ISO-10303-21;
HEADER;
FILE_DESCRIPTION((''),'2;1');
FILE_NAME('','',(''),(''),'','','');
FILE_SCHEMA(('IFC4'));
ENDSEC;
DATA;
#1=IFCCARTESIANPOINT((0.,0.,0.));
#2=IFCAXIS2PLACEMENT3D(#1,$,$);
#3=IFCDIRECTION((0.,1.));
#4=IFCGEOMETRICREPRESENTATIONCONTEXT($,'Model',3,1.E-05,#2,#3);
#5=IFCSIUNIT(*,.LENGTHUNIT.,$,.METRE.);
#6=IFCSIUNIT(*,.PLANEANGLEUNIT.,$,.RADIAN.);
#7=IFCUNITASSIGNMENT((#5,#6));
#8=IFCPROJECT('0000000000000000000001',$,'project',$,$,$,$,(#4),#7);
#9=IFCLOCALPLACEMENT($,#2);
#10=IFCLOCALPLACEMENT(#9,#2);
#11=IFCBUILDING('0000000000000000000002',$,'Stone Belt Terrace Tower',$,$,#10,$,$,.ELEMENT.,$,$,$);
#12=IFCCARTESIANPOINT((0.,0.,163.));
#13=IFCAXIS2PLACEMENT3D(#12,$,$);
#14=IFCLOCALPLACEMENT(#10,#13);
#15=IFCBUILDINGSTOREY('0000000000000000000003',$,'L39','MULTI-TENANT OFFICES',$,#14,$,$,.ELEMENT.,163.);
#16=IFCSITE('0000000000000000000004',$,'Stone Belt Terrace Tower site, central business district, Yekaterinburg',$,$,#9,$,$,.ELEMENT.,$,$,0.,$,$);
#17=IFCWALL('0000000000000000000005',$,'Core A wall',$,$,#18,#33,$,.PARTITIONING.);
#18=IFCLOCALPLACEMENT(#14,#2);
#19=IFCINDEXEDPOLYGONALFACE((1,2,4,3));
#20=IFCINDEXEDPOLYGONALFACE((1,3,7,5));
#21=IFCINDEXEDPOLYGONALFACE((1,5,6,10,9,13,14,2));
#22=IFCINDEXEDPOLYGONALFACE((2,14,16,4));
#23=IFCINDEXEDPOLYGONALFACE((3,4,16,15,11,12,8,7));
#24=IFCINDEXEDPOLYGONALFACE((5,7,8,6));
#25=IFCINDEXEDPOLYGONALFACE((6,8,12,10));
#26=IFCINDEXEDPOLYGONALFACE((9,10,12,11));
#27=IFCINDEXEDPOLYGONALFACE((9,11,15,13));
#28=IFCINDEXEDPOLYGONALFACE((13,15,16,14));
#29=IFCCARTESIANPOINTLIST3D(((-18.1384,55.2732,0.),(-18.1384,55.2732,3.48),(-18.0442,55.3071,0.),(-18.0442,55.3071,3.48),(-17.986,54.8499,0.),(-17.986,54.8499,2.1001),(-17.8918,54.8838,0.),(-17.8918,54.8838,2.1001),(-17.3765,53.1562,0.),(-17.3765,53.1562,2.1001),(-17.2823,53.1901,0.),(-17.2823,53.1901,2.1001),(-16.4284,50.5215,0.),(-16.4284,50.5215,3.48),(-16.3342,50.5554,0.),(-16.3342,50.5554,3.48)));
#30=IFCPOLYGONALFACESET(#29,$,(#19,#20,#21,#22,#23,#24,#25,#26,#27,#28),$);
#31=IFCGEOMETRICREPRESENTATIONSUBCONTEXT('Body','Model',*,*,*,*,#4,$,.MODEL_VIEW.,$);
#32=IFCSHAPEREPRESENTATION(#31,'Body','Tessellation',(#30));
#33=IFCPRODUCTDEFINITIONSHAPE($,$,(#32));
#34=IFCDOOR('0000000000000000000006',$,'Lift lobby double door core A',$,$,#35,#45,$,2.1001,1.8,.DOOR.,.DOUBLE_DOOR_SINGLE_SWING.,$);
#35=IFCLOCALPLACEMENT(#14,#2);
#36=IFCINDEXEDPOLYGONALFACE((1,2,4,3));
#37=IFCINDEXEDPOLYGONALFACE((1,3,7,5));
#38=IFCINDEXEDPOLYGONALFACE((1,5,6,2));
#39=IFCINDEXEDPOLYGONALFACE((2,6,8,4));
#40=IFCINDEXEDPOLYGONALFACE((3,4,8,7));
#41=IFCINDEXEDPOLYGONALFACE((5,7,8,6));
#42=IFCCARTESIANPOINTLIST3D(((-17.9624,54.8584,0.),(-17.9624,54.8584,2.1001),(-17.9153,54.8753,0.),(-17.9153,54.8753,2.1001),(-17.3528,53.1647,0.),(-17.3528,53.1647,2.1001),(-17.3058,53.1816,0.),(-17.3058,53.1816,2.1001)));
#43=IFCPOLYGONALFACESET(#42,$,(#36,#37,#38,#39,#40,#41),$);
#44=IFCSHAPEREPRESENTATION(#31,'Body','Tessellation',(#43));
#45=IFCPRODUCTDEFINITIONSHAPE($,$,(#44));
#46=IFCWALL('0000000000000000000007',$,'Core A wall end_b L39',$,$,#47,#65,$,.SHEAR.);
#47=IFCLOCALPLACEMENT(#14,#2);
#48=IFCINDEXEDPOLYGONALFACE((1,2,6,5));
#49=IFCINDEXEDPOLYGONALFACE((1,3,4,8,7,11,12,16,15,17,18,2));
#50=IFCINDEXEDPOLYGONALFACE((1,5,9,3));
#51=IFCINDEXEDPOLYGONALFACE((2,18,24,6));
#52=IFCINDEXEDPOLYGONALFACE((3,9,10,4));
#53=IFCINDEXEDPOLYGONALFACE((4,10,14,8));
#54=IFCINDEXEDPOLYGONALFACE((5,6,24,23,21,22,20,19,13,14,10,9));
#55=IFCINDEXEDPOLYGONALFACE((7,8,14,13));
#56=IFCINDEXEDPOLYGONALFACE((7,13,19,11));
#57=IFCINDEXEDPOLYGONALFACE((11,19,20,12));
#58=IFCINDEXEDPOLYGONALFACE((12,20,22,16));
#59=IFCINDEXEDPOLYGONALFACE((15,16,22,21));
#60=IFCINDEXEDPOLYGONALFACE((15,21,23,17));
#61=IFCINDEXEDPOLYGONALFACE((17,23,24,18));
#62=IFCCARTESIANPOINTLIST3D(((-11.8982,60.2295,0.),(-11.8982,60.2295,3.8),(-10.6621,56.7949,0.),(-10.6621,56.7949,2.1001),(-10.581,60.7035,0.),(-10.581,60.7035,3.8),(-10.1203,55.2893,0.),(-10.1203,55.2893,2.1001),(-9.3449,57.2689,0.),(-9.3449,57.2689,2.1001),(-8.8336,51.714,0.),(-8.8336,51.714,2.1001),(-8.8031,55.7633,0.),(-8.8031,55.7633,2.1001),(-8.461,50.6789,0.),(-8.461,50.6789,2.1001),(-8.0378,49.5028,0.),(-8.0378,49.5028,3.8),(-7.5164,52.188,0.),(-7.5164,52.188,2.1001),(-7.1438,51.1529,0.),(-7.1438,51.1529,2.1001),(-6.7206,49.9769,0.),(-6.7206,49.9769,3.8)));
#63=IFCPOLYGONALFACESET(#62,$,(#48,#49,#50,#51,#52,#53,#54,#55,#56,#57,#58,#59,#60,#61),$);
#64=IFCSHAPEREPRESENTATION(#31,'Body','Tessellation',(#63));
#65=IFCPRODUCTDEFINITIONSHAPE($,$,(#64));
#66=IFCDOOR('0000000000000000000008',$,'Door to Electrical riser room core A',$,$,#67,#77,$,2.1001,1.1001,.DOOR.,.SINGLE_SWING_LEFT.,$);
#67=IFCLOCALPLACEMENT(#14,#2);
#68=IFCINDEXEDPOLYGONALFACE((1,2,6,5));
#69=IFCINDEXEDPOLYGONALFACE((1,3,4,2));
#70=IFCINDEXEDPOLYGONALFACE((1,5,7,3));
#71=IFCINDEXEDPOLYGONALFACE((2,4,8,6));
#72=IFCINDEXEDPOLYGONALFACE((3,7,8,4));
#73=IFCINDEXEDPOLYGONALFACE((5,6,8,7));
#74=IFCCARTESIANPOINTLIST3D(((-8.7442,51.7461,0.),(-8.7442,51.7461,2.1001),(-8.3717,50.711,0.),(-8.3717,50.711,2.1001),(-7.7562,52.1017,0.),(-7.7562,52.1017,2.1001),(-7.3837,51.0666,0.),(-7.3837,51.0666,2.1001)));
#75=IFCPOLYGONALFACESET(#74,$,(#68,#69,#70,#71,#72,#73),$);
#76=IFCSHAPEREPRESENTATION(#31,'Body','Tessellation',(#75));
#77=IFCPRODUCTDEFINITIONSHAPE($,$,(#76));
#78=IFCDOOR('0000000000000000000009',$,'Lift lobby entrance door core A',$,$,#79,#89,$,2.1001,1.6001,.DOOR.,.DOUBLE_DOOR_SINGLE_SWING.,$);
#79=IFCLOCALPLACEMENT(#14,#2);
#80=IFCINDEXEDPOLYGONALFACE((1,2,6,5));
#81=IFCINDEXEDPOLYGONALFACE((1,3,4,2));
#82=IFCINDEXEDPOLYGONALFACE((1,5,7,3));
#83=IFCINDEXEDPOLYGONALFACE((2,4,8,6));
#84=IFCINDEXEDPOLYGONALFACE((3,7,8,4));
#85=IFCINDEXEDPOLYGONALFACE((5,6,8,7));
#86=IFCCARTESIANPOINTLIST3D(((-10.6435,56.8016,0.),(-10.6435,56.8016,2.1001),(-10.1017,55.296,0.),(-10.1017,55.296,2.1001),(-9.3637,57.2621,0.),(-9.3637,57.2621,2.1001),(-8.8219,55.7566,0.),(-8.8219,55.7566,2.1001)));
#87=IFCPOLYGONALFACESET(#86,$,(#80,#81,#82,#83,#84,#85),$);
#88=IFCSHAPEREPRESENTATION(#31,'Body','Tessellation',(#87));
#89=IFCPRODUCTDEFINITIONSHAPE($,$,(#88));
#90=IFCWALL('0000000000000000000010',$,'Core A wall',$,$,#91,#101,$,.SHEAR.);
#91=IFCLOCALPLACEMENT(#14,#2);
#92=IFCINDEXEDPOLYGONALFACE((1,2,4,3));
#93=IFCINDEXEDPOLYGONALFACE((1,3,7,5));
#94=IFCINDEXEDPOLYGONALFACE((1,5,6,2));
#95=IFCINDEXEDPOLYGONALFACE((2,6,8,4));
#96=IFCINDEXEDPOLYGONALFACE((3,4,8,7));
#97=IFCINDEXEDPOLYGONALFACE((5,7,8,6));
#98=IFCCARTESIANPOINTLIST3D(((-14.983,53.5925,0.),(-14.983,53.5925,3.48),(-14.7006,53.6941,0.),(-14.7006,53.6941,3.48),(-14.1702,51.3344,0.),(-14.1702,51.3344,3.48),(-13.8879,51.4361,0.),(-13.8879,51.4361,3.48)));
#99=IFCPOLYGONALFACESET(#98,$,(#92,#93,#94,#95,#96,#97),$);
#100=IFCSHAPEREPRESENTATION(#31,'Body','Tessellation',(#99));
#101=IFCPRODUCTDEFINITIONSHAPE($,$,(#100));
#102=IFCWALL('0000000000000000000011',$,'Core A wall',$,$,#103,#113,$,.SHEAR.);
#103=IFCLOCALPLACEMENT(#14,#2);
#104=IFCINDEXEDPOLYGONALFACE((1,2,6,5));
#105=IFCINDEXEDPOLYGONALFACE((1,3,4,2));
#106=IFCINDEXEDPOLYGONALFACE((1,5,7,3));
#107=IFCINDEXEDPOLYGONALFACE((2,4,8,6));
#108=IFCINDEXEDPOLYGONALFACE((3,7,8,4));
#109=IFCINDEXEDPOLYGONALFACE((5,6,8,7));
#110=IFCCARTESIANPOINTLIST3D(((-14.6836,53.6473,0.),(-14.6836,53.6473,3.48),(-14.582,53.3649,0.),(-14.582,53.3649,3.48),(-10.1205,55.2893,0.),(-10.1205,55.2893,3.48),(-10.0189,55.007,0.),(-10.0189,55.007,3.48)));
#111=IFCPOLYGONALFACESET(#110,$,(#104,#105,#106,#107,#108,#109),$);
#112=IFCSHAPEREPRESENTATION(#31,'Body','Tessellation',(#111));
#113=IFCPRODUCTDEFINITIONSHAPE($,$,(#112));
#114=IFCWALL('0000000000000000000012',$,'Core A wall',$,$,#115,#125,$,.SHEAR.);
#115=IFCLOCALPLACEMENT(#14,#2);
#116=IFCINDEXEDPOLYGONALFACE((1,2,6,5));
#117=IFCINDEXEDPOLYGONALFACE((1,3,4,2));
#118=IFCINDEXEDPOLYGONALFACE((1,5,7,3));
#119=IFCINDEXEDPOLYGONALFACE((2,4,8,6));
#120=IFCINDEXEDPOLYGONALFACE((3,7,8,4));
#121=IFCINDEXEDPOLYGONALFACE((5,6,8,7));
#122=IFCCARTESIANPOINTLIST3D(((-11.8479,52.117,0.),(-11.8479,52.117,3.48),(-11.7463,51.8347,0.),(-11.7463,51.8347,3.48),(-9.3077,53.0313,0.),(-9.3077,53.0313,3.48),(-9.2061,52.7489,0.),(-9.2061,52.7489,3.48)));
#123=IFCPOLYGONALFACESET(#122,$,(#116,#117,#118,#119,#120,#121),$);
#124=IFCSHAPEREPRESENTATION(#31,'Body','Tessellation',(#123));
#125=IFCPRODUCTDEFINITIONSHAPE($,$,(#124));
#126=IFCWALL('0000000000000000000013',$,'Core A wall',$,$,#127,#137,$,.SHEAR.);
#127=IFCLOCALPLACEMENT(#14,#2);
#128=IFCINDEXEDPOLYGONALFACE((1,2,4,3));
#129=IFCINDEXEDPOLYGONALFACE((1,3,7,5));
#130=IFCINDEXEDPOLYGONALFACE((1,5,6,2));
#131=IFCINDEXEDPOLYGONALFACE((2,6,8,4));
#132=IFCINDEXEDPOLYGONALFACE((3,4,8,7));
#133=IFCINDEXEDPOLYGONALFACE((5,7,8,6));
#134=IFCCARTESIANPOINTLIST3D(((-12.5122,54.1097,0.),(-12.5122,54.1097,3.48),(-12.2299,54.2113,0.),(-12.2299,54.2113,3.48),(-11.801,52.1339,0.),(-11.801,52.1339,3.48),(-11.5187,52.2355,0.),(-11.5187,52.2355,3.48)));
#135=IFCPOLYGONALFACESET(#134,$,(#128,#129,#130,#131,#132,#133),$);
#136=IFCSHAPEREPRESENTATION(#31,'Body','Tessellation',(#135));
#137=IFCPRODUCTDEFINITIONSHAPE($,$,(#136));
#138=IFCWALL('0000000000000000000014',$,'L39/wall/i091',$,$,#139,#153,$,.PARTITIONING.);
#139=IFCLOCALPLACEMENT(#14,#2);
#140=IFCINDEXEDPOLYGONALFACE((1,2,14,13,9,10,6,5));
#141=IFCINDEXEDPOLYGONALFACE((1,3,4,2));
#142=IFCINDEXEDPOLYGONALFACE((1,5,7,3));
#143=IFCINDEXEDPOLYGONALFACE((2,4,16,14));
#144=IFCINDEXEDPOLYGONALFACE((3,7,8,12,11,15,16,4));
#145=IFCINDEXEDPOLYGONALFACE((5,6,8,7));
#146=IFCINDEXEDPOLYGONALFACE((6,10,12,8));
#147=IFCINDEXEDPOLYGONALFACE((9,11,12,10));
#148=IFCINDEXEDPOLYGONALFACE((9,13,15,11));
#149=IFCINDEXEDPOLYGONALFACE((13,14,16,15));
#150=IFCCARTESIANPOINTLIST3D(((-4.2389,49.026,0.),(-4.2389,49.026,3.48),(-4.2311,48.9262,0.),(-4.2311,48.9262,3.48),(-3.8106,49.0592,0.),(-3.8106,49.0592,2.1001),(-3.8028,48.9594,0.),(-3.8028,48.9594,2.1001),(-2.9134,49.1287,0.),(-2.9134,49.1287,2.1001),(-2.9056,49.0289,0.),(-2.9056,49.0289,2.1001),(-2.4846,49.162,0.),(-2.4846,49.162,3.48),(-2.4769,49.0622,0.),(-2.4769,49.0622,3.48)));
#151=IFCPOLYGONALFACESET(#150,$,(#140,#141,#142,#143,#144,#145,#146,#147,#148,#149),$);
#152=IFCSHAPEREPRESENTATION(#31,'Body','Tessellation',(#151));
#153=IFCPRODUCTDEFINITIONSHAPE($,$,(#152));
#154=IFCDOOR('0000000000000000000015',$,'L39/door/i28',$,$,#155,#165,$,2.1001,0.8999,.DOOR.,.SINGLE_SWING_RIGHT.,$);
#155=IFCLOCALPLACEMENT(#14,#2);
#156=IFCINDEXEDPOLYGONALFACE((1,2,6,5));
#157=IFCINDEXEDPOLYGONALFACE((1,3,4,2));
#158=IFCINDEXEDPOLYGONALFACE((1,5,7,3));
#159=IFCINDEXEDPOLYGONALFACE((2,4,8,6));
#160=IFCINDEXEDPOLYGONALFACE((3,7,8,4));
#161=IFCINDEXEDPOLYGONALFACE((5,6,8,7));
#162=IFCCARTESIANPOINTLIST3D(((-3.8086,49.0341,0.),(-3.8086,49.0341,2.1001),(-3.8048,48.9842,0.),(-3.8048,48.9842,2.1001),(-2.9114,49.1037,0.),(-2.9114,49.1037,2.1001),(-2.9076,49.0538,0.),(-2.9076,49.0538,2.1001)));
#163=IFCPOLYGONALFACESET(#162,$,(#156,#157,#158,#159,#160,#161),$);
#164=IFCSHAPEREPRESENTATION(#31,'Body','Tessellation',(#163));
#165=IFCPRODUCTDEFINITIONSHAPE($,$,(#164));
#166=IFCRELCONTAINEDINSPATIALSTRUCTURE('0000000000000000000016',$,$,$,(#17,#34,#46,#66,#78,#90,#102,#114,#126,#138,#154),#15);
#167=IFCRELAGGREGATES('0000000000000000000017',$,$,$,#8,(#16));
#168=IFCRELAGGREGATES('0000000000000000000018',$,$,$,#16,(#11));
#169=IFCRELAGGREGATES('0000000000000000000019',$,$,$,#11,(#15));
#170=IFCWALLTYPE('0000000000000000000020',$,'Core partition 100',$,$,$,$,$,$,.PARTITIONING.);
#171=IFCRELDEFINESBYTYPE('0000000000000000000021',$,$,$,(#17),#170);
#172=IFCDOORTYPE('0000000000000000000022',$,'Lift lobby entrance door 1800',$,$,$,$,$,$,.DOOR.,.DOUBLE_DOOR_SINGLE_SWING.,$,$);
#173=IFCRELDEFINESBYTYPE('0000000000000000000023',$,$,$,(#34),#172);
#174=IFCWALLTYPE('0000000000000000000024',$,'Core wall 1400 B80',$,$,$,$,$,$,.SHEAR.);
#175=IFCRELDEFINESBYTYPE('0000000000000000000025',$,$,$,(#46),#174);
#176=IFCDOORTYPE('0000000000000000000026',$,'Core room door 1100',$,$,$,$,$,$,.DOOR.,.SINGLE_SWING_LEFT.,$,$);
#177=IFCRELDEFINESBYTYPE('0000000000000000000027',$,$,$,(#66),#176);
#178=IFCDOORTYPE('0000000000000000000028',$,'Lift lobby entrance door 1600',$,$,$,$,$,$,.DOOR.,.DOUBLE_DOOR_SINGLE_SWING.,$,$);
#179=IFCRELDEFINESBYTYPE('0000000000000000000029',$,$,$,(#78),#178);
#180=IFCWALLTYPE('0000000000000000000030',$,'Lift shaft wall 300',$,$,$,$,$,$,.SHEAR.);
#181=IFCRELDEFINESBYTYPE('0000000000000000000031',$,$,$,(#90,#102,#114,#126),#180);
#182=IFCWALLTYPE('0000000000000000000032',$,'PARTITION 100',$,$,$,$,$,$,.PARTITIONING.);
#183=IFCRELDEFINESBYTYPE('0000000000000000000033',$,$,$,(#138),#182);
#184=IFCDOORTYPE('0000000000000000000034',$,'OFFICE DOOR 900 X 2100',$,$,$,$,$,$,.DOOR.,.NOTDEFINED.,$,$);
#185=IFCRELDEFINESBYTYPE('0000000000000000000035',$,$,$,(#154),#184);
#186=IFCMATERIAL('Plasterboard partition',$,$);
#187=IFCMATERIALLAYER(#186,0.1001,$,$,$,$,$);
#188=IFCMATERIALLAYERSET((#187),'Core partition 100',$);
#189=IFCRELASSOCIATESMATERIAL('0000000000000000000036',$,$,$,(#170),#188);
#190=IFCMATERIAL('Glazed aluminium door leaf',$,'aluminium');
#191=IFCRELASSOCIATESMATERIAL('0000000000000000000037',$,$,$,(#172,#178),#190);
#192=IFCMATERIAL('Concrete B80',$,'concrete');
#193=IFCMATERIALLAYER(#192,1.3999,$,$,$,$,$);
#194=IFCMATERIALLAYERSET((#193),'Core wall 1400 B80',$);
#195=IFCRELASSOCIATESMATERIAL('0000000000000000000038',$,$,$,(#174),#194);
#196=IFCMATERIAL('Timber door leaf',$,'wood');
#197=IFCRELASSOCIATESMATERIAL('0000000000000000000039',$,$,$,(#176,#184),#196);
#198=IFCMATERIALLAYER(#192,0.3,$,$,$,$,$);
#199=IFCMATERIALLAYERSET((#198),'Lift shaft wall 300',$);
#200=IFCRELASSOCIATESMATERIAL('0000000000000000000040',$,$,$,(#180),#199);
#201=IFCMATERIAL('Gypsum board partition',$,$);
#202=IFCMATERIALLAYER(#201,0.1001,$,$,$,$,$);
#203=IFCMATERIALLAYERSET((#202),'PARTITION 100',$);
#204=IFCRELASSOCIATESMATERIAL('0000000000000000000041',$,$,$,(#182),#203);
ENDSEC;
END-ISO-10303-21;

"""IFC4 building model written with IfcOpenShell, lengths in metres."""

from ifc_helpers import new_model, si_unit, direction, frame, frame_2d, origin, place, context, subcontext, project, spatial, rectangle, extrude, material, layer, layer_set, type_object, element, fill, save


model = new_model("IFC4")

# Units and contexts
model_context = context("Model", 3, precision=1e-05, world=origin(), true_north=direction((0.0, 1.0)))
body_context = subcontext(model_context, "Body", "Model", "MODEL_VIEW")
ifc_project = project(units=[si_unit("LENGTHUNIT", "METRE"), si_unit("PLANEANGLEUNIT", "RADIAN")], contexts=[model_context])

# Site, building, storey
site_placement = place(None, origin())
site = spatial("IfcSite", under=ifc_project, at=site_placement, Name="Stone Belt Terrace Tower site, central business district, Yekaterinburg", CompositionType="ELEMENT", RefElevation=0.0)
building_placement = place(site_placement, origin())
building = spatial("IfcBuilding", under=site, at=building_placement, Name="Stone Belt Terrace Tower", CompositionType="ELEMENT")
storey_placement = place(building_placement, frame((0.0, 0.0, 163.0)))
storey = spatial("IfcBuildingStorey", under=building, at=storey_placement, Name="L39", Description="MULTI-TENANT OFFICES", CompositionType="ELEMENT", Elevation=163.0)

# Wall, opening, door
ifc_material_1 = material(Name="Plasterboard partition")
ifc_layer_1 = layer(ifc_material_1, 0.1001)
ifc_layer_set_1 = layer_set([ifc_layer_1], Name="Core partition 100")
wall_type_1 = type_object("IfcWallType", Name="Core partition 100", PredefinedType="PARTITIONING", material=ifc_layer_set_1)
wall_1_placement = place(storey_placement, frame((-16.3813, 50.5386, 0.0), z_axis=(0.0, 0.0, 1.0), x_axis=(-0.338605, 0.940929, 0.0)))
wall_1 = element("IfcWall", 1, at=wall_1_placement, inside=storey, type_object=wall_type_1, Name="Core A wall", PredefinedType="PARTITIONING", context=body_context, shape_type="SweptSolid", body=[
    extrude(rectangle(XDim=5.05, YDim=0.1001, at=frame_2d((2.5249, 0.0))), origin(), (0.0, 0.0, 1.0), 3.48),
])
opening_1_placement = place(wall_1_placement, frame((2.8, 0.0, 0.0)))
opening_1 = element("IfcOpeningElement", 2, at=opening_1_placement, cuts=wall_1, PredefinedType="OPENING", context=body_context, shape_type="SweptSolid", body=[
    extrude(rectangle(XDim=1.8, YDim=2.1001, at=frame_2d((0.8999, 1.05))), frame((0.0, 0.0601, 0.0), z_axis=(0.0, -1.0, 0.0), x_axis=(1.0, 0.0, 0.0)), (0.0, 0.0, 1.0), 0.1201),
])
ifc_material_2 = material(Name="Glazed aluminium door leaf", Category="aluminium")
door_type_1 = type_object("IfcDoorType", Name="Lift lobby entrance door 1800", OperationType="DOUBLE_DOOR_SINGLE_SWING", PredefinedType="DOOR", material=ifc_material_2)
door_1_placement = place(opening_1_placement, origin())
door_1 = element("IfcDoor", 3, at=door_1_placement, inside=storey, type_object=door_type_1, Name="Lift lobby double door core A", OperationType="DOUBLE_DOOR_SINGLE_SWING", OverallHeight=2.1001, OverallWidth=1.8, PredefinedType="DOOR", context=body_context, shape_type="SweptSolid", body=[
    extrude(rectangle(XDim=1.8, YDim=2.1001, at=frame_2d((0.8999, 1.05))), frame((0.0, 0.0249, 0.0), z_axis=(0.0, -1.0, 0.0), x_axis=(1.0, 0.0, 0.0)), (0.0, 0.0, 1.0), 0.05),
])
fill(opening_1, door_1)

# Wall, openings, doors
ifc_material_3 = material(Name="Concrete B80", Category="concrete")
ifc_layer_2 = layer(ifc_material_3, 1.3999)
ifc_layer_set_2 = layer_set([ifc_layer_2], Name="Core wall 1400 B80")
wall_type_2 = type_object("IfcWallType", Name="Core wall 1400 B80", PredefinedType="SHEAR", material=ifc_layer_set_2)
wall_2_placement = place(storey_placement, frame((-7.3792, 49.7397, 0.0), z_axis=(0.0, 0.0, 1.0), x_axis=(-0.338625, 0.940921, 0.0)))
wall_2 = element("IfcWall", 4, at=wall_2_placement, inside=storey, type_object=wall_type_2, Name="Core A wall end_b L39", PredefinedType="SHEAR", context=body_context, shape_type="SweptSolid", body=[
    extrude(rectangle(XDim=11.4001, YDim=1.3999, at=frame_2d((5.7002, 0.0))), origin(), (0.0, 0.0, 1.0), 3.8),
])
opening_2_placement = place(wall_2_placement, frame((6.1499, 0.0, 0.0)))
opening_2 = element("IfcOpeningElement", 5, at=opening_2_placement, cuts=wall_2, PredefinedType="OPENING", context=body_context, shape_type="SweptSolid", body=[
    extrude(rectangle(XDim=1.6001, YDim=2.1001, at=frame_2d((0.8, 1.05))), frame((0.0, 0.71, 0.0), z_axis=(0.0, -1.0, 0.0), x_axis=(1.0, 0.0, 0.0)), (0.0, 0.0, 1.0), 1.4199),
])
opening_3_placement = place(wall_2_placement, frame((1.25, 0.0, 0.0)))
opening_3 = element("IfcOpeningElement", 6, at=opening_3_placement, cuts=wall_2, PredefinedType="OPENING", context=body_context, shape_type="SweptSolid", body=[
    extrude(rectangle(XDim=1.1001, YDim=2.1001, at=frame_2d((0.55, 1.05))), frame((0.0, 0.71, 0.0), z_axis=(0.0, -1.0, 0.0), x_axis=(1.0, 0.0, 0.0)), (0.0, 0.0, 1.0), 1.4199),
])
ifc_material_4 = material(Name="Timber door leaf", Category="wood")
door_type_2 = type_object("IfcDoorType", Name="Core room door 1100", OperationType="SINGLE_SWING_LEFT", PredefinedType="DOOR", material=ifc_material_4)
door_2_placement = place(opening_3_placement, origin())
door_2 = element("IfcDoor", 7, at=door_2_placement, inside=storey, type_object=door_type_2, Name="Door to Electrical riser room core A", OperationType="SINGLE_SWING_LEFT", OverallHeight=2.1001, OverallWidth=1.1001, PredefinedType="DOOR", context=body_context, shape_type="SweptSolid", body=[
    extrude(rectangle(XDim=1.1001, YDim=2.1001, at=frame_2d((0.55, 1.05))), frame((0.0, 0.605, 0.0), z_axis=(0.0, -1.0, 0.0), x_axis=(1.0, 0.0, 0.0)), (0.0, 0.0, 1.0), 1.05),
])
fill(opening_3, door_2)
door_type_3 = type_object("IfcDoorType", Name="Lift lobby entrance door 1600", OperationType="DOUBLE_DOOR_SINGLE_SWING", PredefinedType="DOOR", material=ifc_material_2)
door_3_placement = place(opening_2_placement, origin())
door_3 = element("IfcDoor", 8, at=door_3_placement, inside=storey, type_object=door_type_3, Name="Lift lobby entrance door core A", OperationType="DOUBLE_DOOR_SINGLE_SWING", OverallHeight=2.1001, OverallWidth=1.6001, PredefinedType="DOOR", context=body_context, shape_type="SweptSolid", body=[
    extrude(rectangle(XDim=1.6001, YDim=2.1001, at=frame_2d((0.8, 1.05))), frame((0.0, 0.6802, 0.0), z_axis=(0.0, -1.0, 0.0), x_axis=(1.0, 0.0, 0.0)), (0.0, 0.0, 1.0), 1.3601),
])
fill(opening_2, door_3)

# Walls
ifc_layer_3 = layer(ifc_material_3, 0.3)
ifc_layer_set_3 = layer_set([ifc_layer_3], Name="Lift shaft wall 300")
wall_type_3 = type_object("IfcWallType", Name="Lift shaft wall 300", PredefinedType="SHEAR", material=ifc_layer_set_3)
wall_3_placement = place(storey_placement, frame((-14.0291, 51.3853, 0.0), z_axis=(0.0, 0.0, 1.0), x_axis=(-0.338662, 0.940908, 0.0)))
element("IfcWall", 9, at=wall_3_placement, inside=storey, type_object=wall_type_3, Name="Core A wall", PredefinedType="SHEAR", context=body_context, shape_type="SweptSolid", body=[
    extrude(rectangle(XDim=2.3999, YDim=0.3, at=frame_2d((1.2, 0.0))), origin(), (0.0, 0.0, 1.0), 3.48),
])
wall_4_placement = place(storey_placement, frame((-14.6328, 53.5061, 0.0), z_axis=(0.0, 0.0, 1.0), x_axis=(0.940932, 0.338596, 0.0)))
element("IfcWall", 10, at=wall_4_placement, inside=storey, type_object=wall_type_3, Name="Core A wall", PredefinedType="SHEAR", context=body_context, shape_type="SweptSolid", body=[
    extrude(rectangle(XDim=4.8496, YDim=0.3, at=frame_2d((2.4248, 0.0))), origin(), (0.0, 0.0, 1.0), 3.48),
])
wall_5_placement = place(storey_placement, frame((-11.7971, 51.9758, 0.0), z_axis=(0.0, 0.0, 1.0), x_axis=(0.94091, 0.338655, 0.0)))
element("IfcWall", 11, at=wall_5_placement, inside=storey, type_object=wall_type_3, Name="Core A wall", PredefinedType="SHEAR", context=body_context, shape_type="SweptSolid", body=[
    extrude(rectangle(XDim=2.6997, YDim=0.3, at=frame_2d((1.3499, 0.0))), origin(), (0.0, 0.0, 1.0), 3.48),
])
wall_6_placement = place(storey_placement, frame((-11.6599, 52.1848, 0.0), z_axis=(0.0, 0.0, 1.0), x_axis=(-0.33867, 0.940905, 0.0)))
element("IfcWall", 12, at=wall_6_placement, inside=storey, type_object=wall_type_3, Name="Core A wall", PredefinedType="SHEAR", context=body_context, shape_type="SweptSolid", body=[
    extrude(rectangle(XDim=2.0999, YDim=0.3, at=frame_2d((1.0498, 0.0))), origin(), (0.0, 0.0, 1.0), 3.48),
])

# Wall, opening, door
ifc_material_5 = material(Name="Gypsum board partition")
ifc_layer_4 = layer(ifc_material_5, 0.1001)
ifc_layer_set_4 = layer_set([ifc_layer_4], Name="PARTITION 100")
wall_type_4 = type_object("IfcWallType", Name="PARTITION 100", PredefinedType="PARTITIONING", material=ifc_layer_set_4)
wall_7_placement = place(storey_placement, frame((-4.2351, 48.9761, 0.0), z_axis=(0.0, 0.0, 1.0), x_axis=(0.997009, 0.077291, 0.0)))
wall_7 = element("IfcWall", 13, at=wall_7_placement, inside=storey, type_object=wall_type_4, Name="L39/wall/i091", PredefinedType="PARTITIONING", context=body_context, shape_type="SweptSolid", body=[
    extrude(rectangle(XDim=1.7595, YDim=0.1001, at=frame_2d((0.8799, 0.0))), origin(), (0.0, 0.0, 1.0), 3.48),
])
opening_4_placement = place(wall_7_placement, frame((0.4297, 0.0, 0.0)))
opening_4 = element("IfcOpeningElement", 14, at=opening_4_placement, cuts=wall_7, PredefinedType="OPENING", context=body_context, shape_type="SweptSolid", body=[
    extrude(rectangle(XDim=0.8999, YDim=2.1001, at=frame_2d((0.45, 1.05))), frame((0.0, 0.0601, 0.0), z_axis=(0.0, -1.0, 0.0), x_axis=(1.0, 0.0, 0.0)), (0.0, 0.0, 1.0), 0.1201),
])
door_type_4 = type_object("IfcDoorType", Name="OFFICE DOOR 900 X 2100", OperationType="NOTDEFINED", PredefinedType="DOOR", material=ifc_material_4)
door_4_placement = place(opening_4_placement, origin())
door_4 = element("IfcDoor", 15, at=door_4_placement, inside=storey, type_object=door_type_4, Name="L39/door/i28", OperationType="SINGLE_SWING_RIGHT", OverallHeight=2.1001, OverallWidth=0.8999, PredefinedType="DOOR", context=body_context, shape_type="SweptSolid", body=[
    extrude(rectangle(XDim=0.8999, YDim=2.1001, at=frame_2d((0.45, 1.05))), frame((0.0, 0.0249, 0.0), z_axis=(0.0, -1.0, 0.0), x_axis=(1.0, 0.0, 0.0)), (0.0, 0.0, 1.0), 0.05),
])
fill(opening_4, door_4)

save(model, "model.ifc")
